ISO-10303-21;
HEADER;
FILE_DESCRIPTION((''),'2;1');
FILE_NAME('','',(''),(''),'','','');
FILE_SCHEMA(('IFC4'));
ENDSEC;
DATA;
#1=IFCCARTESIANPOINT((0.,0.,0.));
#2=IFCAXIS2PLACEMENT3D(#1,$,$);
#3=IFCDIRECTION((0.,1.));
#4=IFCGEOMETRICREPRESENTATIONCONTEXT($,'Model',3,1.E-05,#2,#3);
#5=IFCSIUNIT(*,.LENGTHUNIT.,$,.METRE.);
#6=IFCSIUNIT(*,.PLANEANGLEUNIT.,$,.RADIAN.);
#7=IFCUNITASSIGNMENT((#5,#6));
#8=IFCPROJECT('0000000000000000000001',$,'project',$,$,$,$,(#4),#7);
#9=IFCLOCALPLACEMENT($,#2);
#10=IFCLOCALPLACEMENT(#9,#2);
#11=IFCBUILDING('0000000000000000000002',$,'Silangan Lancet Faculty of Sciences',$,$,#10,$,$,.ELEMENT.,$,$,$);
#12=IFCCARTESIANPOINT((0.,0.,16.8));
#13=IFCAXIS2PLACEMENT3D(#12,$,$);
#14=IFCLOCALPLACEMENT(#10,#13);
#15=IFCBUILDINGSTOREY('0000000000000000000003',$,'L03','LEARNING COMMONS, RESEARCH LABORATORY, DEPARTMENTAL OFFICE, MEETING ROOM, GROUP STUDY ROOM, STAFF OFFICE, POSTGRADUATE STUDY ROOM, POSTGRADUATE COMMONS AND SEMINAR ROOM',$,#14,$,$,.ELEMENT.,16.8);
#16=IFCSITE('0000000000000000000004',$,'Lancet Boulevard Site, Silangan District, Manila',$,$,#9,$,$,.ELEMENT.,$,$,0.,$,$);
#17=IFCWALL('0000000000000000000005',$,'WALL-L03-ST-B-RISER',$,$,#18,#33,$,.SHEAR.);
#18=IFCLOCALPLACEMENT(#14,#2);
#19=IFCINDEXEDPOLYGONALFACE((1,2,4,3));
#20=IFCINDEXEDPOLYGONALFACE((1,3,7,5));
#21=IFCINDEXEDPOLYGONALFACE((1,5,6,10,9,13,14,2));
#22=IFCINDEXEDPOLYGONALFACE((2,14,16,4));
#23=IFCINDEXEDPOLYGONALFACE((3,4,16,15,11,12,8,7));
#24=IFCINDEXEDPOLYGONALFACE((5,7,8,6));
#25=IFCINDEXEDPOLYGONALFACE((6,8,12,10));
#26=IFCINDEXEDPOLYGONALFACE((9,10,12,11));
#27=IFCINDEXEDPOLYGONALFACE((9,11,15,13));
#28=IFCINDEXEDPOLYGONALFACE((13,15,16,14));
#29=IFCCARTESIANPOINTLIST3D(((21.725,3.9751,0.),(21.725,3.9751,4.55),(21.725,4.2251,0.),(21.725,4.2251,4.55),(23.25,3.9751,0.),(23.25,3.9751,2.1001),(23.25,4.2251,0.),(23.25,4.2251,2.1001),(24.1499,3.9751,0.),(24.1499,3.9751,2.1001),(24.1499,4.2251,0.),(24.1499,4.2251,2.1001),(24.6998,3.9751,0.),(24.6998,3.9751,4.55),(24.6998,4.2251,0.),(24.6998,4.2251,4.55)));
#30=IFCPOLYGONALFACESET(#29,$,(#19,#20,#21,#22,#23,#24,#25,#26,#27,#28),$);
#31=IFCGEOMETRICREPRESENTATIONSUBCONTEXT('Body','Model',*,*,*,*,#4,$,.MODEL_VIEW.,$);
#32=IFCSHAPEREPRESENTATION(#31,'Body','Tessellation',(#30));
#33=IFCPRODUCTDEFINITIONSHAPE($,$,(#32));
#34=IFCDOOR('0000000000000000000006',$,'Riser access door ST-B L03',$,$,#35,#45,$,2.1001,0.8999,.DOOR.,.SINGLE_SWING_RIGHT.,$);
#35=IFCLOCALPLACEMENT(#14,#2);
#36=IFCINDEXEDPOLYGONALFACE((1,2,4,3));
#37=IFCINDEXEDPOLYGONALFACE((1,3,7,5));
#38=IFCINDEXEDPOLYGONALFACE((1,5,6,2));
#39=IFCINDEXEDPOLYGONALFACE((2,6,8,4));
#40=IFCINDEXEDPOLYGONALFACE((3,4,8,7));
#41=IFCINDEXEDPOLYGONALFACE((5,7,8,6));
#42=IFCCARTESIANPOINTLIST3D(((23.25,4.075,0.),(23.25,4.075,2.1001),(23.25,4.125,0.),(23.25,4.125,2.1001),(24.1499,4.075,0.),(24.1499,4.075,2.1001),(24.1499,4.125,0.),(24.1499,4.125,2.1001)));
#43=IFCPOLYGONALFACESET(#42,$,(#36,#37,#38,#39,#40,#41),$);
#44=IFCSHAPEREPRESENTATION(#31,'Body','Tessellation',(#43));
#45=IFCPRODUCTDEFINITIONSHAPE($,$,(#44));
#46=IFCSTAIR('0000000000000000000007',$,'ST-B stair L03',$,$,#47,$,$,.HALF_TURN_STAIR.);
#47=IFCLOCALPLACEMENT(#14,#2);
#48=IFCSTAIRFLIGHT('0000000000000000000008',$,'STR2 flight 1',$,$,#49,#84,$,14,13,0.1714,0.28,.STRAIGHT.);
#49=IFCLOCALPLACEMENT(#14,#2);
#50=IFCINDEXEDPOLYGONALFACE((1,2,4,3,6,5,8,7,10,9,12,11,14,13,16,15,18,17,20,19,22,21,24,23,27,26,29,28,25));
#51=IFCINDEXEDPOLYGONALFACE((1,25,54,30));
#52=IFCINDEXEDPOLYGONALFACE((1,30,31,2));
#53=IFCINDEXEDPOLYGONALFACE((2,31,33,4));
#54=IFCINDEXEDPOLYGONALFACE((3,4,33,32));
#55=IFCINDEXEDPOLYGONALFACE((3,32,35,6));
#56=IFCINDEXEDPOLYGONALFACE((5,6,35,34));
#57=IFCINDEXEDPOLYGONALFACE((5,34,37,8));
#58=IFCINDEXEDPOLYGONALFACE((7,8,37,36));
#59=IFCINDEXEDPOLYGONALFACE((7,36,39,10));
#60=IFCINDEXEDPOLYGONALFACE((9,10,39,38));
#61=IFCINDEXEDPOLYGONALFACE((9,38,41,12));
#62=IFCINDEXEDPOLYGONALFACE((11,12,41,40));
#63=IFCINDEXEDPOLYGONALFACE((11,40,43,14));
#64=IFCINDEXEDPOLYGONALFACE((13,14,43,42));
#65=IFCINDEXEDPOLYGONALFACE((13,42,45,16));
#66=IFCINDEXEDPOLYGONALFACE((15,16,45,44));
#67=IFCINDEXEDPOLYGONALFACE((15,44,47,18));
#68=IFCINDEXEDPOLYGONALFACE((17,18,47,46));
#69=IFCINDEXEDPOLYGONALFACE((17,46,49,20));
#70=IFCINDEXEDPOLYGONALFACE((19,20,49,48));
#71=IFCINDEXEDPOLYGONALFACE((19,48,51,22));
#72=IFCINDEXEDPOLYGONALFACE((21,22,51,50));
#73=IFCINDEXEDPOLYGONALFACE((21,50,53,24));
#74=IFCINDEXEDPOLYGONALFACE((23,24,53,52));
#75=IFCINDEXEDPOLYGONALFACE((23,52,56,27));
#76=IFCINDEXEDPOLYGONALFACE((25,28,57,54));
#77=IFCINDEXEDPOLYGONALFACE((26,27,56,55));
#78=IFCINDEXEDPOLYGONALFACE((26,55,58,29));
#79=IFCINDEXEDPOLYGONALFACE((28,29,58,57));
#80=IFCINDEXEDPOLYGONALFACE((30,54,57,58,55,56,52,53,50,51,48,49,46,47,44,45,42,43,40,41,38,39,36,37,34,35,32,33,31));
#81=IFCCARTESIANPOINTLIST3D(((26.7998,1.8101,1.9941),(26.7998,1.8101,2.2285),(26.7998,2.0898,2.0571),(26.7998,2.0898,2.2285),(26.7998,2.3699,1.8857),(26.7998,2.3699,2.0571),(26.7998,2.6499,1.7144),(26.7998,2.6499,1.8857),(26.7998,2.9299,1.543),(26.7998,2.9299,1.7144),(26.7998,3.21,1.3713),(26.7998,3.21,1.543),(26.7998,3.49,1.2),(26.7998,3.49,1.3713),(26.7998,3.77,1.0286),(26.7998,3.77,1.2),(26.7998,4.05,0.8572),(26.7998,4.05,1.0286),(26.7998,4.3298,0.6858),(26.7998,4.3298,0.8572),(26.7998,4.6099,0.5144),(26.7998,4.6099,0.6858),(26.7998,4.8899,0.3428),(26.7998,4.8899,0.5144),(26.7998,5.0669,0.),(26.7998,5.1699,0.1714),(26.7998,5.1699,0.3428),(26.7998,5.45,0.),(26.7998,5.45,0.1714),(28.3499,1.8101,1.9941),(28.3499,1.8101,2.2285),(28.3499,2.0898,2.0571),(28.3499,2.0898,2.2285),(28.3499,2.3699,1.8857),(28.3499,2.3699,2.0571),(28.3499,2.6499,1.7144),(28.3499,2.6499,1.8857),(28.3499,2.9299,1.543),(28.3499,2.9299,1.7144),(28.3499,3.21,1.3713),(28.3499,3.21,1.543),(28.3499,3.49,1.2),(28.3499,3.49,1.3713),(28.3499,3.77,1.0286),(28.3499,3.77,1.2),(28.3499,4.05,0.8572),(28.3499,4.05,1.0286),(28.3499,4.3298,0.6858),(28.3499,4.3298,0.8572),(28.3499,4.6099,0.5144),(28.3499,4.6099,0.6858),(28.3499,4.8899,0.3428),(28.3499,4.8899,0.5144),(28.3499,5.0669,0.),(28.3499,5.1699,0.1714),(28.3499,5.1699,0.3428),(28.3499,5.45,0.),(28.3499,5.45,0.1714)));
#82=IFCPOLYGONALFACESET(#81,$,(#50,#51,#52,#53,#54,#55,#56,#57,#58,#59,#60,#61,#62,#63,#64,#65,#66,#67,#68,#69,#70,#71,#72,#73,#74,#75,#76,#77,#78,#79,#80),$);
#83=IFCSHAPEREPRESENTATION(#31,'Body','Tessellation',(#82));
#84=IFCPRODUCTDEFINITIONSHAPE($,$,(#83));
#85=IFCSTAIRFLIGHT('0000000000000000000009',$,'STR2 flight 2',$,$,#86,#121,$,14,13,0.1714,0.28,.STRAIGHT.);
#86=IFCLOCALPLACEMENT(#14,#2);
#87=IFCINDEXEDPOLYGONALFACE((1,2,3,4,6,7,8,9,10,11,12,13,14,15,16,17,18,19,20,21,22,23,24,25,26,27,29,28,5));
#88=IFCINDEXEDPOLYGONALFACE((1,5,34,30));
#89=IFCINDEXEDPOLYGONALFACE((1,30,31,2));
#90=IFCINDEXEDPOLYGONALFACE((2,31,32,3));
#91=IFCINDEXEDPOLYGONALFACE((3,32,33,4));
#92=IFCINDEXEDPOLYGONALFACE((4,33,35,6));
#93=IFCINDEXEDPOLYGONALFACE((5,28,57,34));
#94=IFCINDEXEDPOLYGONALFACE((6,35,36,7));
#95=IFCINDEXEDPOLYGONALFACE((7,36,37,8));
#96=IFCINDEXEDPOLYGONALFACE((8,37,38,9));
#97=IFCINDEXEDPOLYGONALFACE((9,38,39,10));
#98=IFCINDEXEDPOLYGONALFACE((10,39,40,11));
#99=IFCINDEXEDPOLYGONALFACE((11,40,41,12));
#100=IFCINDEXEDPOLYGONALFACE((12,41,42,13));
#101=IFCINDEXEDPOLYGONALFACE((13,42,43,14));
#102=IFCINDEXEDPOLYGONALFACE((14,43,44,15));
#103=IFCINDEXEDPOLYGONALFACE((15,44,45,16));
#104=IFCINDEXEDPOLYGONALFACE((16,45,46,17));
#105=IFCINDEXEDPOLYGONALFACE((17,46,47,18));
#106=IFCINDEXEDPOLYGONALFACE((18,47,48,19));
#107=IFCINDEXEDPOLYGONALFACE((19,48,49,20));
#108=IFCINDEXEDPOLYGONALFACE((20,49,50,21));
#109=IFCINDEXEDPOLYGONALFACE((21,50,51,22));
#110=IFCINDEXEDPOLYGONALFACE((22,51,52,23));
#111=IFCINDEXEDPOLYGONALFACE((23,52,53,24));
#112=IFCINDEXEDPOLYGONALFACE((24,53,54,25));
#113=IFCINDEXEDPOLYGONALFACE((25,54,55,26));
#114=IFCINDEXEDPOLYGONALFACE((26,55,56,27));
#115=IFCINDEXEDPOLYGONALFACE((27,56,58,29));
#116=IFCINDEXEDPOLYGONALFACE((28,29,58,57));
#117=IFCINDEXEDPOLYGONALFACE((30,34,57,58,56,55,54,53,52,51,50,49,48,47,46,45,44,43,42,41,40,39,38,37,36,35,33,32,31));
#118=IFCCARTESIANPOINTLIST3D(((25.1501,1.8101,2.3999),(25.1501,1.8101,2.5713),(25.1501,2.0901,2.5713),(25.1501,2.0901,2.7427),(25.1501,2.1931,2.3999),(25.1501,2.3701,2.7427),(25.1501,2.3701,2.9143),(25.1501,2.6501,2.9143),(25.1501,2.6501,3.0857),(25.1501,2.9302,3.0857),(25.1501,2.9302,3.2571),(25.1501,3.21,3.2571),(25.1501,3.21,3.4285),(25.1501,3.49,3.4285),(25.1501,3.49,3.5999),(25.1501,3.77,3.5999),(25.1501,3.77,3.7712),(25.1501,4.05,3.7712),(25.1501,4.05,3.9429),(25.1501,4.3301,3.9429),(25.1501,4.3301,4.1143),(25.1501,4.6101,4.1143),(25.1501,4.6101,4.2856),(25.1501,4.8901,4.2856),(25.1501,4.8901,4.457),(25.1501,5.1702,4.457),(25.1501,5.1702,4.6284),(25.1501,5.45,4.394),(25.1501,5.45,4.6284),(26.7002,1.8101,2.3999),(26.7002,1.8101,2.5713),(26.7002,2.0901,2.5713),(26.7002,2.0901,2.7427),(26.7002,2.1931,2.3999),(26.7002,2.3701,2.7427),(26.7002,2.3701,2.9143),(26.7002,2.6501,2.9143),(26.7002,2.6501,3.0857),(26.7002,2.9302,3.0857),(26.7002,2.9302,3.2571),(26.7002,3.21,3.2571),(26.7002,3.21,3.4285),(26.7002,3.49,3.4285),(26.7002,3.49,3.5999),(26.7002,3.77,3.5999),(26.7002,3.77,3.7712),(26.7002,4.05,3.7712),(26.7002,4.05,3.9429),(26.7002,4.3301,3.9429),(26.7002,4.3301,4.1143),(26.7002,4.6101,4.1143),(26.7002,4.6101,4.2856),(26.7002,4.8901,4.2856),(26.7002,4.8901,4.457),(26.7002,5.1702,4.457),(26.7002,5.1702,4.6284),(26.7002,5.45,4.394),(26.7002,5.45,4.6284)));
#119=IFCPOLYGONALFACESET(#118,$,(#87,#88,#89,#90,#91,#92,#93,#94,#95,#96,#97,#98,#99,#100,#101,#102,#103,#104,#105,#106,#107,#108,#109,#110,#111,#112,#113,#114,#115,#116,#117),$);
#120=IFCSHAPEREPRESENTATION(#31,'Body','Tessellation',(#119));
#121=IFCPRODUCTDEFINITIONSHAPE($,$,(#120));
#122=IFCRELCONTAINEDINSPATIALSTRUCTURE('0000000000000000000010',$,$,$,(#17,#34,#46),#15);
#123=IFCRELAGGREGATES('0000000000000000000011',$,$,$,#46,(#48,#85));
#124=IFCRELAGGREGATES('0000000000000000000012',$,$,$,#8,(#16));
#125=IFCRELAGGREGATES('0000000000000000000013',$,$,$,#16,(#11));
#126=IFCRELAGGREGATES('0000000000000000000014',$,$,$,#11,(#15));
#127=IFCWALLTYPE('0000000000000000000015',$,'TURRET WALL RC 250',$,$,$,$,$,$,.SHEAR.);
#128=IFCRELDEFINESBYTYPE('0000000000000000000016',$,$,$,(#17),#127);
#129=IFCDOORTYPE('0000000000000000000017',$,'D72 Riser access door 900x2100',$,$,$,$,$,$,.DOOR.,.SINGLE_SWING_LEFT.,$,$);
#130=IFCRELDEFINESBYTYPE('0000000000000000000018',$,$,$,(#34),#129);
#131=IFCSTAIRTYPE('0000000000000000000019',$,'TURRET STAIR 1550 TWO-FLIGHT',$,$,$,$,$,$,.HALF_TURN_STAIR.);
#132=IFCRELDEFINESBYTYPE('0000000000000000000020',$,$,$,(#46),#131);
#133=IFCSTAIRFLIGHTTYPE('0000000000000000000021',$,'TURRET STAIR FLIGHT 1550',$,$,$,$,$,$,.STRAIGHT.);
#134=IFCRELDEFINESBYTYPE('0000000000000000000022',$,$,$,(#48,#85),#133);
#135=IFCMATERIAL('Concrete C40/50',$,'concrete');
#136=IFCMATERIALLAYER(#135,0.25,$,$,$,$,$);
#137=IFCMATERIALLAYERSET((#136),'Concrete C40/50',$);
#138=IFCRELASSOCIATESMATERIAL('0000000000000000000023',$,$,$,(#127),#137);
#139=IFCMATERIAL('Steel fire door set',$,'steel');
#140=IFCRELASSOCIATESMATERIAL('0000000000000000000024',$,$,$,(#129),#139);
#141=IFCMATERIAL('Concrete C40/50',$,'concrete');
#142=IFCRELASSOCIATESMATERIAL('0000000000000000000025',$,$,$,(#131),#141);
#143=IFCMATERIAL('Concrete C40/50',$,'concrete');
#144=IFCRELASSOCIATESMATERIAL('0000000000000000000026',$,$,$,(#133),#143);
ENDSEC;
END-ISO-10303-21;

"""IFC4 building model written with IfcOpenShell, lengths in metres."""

from ifc_helpers import new_model, si_unit, direction, frame, frame_2d, origin, place, context, subcontext, project, spatial, polyline, rectangle, outline, extrude, material, layer, layer_set, type_object, element, fill, aggregate, save


model = new_model("IFC4")

# Units and contexts
model_context = context("Model", 3, precision=1e-05, world=origin(), true_north=direction((0.0, 1.0)))
body_context = subcontext(model_context, "Body", "Model", "MODEL_VIEW")
ifc_project = project(units=[si_unit("LENGTHUNIT", "METRE"), si_unit("PLANEANGLEUNIT", "RADIAN")], contexts=[model_context])

# Site, building, storey
site_placement = place(None, origin())
site = spatial("IfcSite", under=ifc_project, at=site_placement, Name="Lancet Boulevard Site, Silangan District, Manila", CompositionType="ELEMENT", RefElevation=0.0)
building_placement = place(site_placement, origin())
building = spatial("IfcBuilding", under=site, at=building_placement, Name="Silangan Lancet Faculty of Sciences", CompositionType="ELEMENT")
storey_placement = place(building_placement, frame((0.0, 0.0, 16.8)))
storey = spatial("IfcBuildingStorey", under=building, at=storey_placement, Name="L03", Description="LEARNING COMMONS, RESEARCH LABORATORY, DEPARTMENTAL OFFICE, MEETING ROOM, GROUP STUDY ROOM, STAFF OFFICE, POSTGRADUATE STUDY ROOM, POSTGRADUATE COMMONS AND SEMINAR ROOM", CompositionType="ELEMENT", Elevation=16.8)

# Wall, opening, door
ifc_material_1 = material(Name="Concrete C40/50", Category="concrete")
ifc_layer_1 = layer(ifc_material_1, 0.25)
ifc_layer_set_1 = layer_set([ifc_layer_1], Name="Concrete C40/50")
wall_type_1 = type_object("IfcWallType", Name="TURRET WALL RC 250", PredefinedType="SHEAR", material=ifc_layer_set_1)
wall_1_placement = place(storey_placement, frame((21.7251, 4.1001, 0.0), z_axis=(0.0, 0.0, 1.0), x_axis=(1.0, 0.0, 0.0)))
wall_1 = element("IfcWall", 1, at=wall_1_placement, inside=storey, type_object=wall_type_1, Name="WALL-L03-ST-B-RISER", PredefinedType="SHEAR", context=body_context, shape_type="SweptSolid", body=[
    extrude(rectangle(XDim=2.9749, YDim=0.25, at=frame_2d((1.4873, 0.0))), origin(), (0.0, 0.0, 1.0), 4.55),
])
opening_1_placement = place(wall_1_placement, frame((1.5249, 0.0, 0.0)))
opening_1 = element("IfcOpeningElement", 2, at=opening_1_placement, cuts=wall_1, PredefinedType="OPENING", context=body_context, shape_type="SweptSolid", body=[
    extrude(rectangle(XDim=0.8999, YDim=2.1001, at=frame_2d((0.45, 1.05))), frame((0.0, 0.135, 0.0), z_axis=(0.0, -1.0, 0.0), x_axis=(1.0, 0.0, 0.0)), (0.0, 0.0, 1.0), 0.27),
])
ifc_material_2 = material(Name="Steel fire door set", Category="steel")
door_type_1 = type_object("IfcDoorType", Name="D72 Riser access door 900x2100", OperationType="SINGLE_SWING_LEFT", PredefinedType="DOOR", material=ifc_material_2)
door_1_placement = place(opening_1_placement, frame((0.8999, 0.0, 0.0), z_axis=(0.0, 0.0, 1.0), x_axis=(-1.0, 0.0, 0.0)))
door_1 = element("IfcDoor", 3, at=door_1_placement, inside=storey, type_object=door_type_1, Name="Riser access door ST-B L03", OperationType="SINGLE_SWING_RIGHT", OverallHeight=2.1001, OverallWidth=0.8999, PredefinedType="DOOR", context=body_context, shape_type="SweptSolid", body=[
    extrude(rectangle(XDim=0.8999, YDim=2.1001, at=frame_2d((0.45, 1.05))), frame((0.0, 0.0251, 0.0), z_axis=(0.0, -1.0, 0.0), x_axis=(1.0, 0.0, 0.0)), (0.0, 0.0, 1.0), 0.05),
])
fill(opening_1, door_1)

# Stair, stair flights
ifc_material_3 = material(Name="Concrete C40/50", Category="concrete")
stair_type = type_object("IfcStairType", Name="TURRET STAIR 1550 TWO-FLIGHT", PredefinedType="HALF_TURN_STAIR", material=ifc_material_3)
stair_placement = place(storey_placement, origin())
stair = element("IfcStair", 4, at=stair_placement, inside=storey, type_object=stair_type, Name="ST-B stair L03", PredefinedType="HALF_TURN_STAIR")
ifc_material_4 = material(Name="Concrete C40/50", Category="concrete")
stair_flight_type = type_object("IfcStairFlightType", Name="TURRET STAIR FLIGHT 1550", PredefinedType="STRAIGHT", material=ifc_material_4)
stair_flight_1_placement = place(storey_placement, frame((27.575, 5.45, 0.0), z_axis=(0.0, 0.0, 1.0), x_axis=(0.0, -1.0, 0.0)))
stair_flight_1 = element("IfcStairFlight", 5, at=stair_flight_1_placement, type_object=stair_flight_type, Name="STR2 flight 1", NumberOfRisers=14, NumberOfTreads=13, PredefinedType="STRAIGHT", RiserHeight=0.1714, TreadLength=0.28, context=body_context, shape_type="SweptSolid", body=[
    extrude(outline(polyline([(0.0, 0.0), (0.0, 0.1714), (0.28, 0.1714), (0.28, 0.3428), (0.5601, 0.3428), (0.5601, 0.5144), (0.8401, 0.5144), (0.8401, 0.6858), (1.1201, 0.6858), (1.1201, 0.8572), (1.3999, 0.8572), (1.3999, 1.0286), (1.6799, 1.0286), (1.6799, 1.2), (1.96, 1.2), (1.96, 1.3713), (2.24, 1.3713), (2.24, 1.543), (2.52, 1.543), (2.52, 1.7144), (2.8, 1.7144), (2.8, 1.8857), (3.0801, 1.8857), (3.0801, 2.0571), (3.3601, 2.0571), (3.3601, 2.2285), (3.6399, 2.2285), (3.6399, 2.3999), (3.6399, 1.9941), (0.3831, 0.0), (0.0, 0.0)])), frame((0.0, 0.7749, 0.0), z_axis=(0.0, -1.0, 0.0), x_axis=(1.0, 0.0, 0.0)), (0.0, 0.0, 1.0), 1.55),
])
stair_flight_2_placement = place(storey_placement, frame((25.925, 1.8101, 2.3999), z_axis=(0.0, 0.0, 1.0), x_axis=(0.0, 1.0, 0.0)))
stair_flight_2 = element("IfcStairFlight", 6, at=stair_flight_2_placement, type_object=stair_flight_type, Name="STR2 flight 2", NumberOfRisers=14, NumberOfTreads=13, PredefinedType="STRAIGHT", RiserHeight=0.1714, TreadLength=0.28, context=body_context, shape_type="SweptSolid", body=[
    extrude(outline(polyline([(0.0, 0.0), (0.0, 0.1714), (0.28, 0.1714), (0.28, 0.3428), (0.5601, 0.3428), (0.5601, 0.5144), (0.8401, 0.5144), (0.8401, 0.6858), (1.1201, 0.6858), (1.1201, 0.8572), (1.3999, 0.8572), (1.3999, 1.0286), (1.6799, 1.0286), (1.6799, 1.2), (1.96, 1.2), (1.96, 1.3713), (2.24, 1.3713), (2.24, 1.543), (2.52, 1.543), (2.52, 1.7144), (2.8, 1.7144), (2.8, 1.8857), (3.0801, 1.8857), (3.0801, 2.0571), (3.3601, 2.0571), (3.3601, 2.2285), (3.6399, 2.2285), (3.6399, 2.3999), (3.6399, 1.9941), (0.3831, 0.0), (0.0, 0.0)])), frame((0.0, 0.7749, 0.0), z_axis=(0.0, -1.0, 0.0), x_axis=(1.0, 0.0, 0.0)), (0.0, 0.0, 1.0), 1.55),
])
aggregate(stair, [stair_flight_1, stair_flight_2])

save(model, "model.ifc")
